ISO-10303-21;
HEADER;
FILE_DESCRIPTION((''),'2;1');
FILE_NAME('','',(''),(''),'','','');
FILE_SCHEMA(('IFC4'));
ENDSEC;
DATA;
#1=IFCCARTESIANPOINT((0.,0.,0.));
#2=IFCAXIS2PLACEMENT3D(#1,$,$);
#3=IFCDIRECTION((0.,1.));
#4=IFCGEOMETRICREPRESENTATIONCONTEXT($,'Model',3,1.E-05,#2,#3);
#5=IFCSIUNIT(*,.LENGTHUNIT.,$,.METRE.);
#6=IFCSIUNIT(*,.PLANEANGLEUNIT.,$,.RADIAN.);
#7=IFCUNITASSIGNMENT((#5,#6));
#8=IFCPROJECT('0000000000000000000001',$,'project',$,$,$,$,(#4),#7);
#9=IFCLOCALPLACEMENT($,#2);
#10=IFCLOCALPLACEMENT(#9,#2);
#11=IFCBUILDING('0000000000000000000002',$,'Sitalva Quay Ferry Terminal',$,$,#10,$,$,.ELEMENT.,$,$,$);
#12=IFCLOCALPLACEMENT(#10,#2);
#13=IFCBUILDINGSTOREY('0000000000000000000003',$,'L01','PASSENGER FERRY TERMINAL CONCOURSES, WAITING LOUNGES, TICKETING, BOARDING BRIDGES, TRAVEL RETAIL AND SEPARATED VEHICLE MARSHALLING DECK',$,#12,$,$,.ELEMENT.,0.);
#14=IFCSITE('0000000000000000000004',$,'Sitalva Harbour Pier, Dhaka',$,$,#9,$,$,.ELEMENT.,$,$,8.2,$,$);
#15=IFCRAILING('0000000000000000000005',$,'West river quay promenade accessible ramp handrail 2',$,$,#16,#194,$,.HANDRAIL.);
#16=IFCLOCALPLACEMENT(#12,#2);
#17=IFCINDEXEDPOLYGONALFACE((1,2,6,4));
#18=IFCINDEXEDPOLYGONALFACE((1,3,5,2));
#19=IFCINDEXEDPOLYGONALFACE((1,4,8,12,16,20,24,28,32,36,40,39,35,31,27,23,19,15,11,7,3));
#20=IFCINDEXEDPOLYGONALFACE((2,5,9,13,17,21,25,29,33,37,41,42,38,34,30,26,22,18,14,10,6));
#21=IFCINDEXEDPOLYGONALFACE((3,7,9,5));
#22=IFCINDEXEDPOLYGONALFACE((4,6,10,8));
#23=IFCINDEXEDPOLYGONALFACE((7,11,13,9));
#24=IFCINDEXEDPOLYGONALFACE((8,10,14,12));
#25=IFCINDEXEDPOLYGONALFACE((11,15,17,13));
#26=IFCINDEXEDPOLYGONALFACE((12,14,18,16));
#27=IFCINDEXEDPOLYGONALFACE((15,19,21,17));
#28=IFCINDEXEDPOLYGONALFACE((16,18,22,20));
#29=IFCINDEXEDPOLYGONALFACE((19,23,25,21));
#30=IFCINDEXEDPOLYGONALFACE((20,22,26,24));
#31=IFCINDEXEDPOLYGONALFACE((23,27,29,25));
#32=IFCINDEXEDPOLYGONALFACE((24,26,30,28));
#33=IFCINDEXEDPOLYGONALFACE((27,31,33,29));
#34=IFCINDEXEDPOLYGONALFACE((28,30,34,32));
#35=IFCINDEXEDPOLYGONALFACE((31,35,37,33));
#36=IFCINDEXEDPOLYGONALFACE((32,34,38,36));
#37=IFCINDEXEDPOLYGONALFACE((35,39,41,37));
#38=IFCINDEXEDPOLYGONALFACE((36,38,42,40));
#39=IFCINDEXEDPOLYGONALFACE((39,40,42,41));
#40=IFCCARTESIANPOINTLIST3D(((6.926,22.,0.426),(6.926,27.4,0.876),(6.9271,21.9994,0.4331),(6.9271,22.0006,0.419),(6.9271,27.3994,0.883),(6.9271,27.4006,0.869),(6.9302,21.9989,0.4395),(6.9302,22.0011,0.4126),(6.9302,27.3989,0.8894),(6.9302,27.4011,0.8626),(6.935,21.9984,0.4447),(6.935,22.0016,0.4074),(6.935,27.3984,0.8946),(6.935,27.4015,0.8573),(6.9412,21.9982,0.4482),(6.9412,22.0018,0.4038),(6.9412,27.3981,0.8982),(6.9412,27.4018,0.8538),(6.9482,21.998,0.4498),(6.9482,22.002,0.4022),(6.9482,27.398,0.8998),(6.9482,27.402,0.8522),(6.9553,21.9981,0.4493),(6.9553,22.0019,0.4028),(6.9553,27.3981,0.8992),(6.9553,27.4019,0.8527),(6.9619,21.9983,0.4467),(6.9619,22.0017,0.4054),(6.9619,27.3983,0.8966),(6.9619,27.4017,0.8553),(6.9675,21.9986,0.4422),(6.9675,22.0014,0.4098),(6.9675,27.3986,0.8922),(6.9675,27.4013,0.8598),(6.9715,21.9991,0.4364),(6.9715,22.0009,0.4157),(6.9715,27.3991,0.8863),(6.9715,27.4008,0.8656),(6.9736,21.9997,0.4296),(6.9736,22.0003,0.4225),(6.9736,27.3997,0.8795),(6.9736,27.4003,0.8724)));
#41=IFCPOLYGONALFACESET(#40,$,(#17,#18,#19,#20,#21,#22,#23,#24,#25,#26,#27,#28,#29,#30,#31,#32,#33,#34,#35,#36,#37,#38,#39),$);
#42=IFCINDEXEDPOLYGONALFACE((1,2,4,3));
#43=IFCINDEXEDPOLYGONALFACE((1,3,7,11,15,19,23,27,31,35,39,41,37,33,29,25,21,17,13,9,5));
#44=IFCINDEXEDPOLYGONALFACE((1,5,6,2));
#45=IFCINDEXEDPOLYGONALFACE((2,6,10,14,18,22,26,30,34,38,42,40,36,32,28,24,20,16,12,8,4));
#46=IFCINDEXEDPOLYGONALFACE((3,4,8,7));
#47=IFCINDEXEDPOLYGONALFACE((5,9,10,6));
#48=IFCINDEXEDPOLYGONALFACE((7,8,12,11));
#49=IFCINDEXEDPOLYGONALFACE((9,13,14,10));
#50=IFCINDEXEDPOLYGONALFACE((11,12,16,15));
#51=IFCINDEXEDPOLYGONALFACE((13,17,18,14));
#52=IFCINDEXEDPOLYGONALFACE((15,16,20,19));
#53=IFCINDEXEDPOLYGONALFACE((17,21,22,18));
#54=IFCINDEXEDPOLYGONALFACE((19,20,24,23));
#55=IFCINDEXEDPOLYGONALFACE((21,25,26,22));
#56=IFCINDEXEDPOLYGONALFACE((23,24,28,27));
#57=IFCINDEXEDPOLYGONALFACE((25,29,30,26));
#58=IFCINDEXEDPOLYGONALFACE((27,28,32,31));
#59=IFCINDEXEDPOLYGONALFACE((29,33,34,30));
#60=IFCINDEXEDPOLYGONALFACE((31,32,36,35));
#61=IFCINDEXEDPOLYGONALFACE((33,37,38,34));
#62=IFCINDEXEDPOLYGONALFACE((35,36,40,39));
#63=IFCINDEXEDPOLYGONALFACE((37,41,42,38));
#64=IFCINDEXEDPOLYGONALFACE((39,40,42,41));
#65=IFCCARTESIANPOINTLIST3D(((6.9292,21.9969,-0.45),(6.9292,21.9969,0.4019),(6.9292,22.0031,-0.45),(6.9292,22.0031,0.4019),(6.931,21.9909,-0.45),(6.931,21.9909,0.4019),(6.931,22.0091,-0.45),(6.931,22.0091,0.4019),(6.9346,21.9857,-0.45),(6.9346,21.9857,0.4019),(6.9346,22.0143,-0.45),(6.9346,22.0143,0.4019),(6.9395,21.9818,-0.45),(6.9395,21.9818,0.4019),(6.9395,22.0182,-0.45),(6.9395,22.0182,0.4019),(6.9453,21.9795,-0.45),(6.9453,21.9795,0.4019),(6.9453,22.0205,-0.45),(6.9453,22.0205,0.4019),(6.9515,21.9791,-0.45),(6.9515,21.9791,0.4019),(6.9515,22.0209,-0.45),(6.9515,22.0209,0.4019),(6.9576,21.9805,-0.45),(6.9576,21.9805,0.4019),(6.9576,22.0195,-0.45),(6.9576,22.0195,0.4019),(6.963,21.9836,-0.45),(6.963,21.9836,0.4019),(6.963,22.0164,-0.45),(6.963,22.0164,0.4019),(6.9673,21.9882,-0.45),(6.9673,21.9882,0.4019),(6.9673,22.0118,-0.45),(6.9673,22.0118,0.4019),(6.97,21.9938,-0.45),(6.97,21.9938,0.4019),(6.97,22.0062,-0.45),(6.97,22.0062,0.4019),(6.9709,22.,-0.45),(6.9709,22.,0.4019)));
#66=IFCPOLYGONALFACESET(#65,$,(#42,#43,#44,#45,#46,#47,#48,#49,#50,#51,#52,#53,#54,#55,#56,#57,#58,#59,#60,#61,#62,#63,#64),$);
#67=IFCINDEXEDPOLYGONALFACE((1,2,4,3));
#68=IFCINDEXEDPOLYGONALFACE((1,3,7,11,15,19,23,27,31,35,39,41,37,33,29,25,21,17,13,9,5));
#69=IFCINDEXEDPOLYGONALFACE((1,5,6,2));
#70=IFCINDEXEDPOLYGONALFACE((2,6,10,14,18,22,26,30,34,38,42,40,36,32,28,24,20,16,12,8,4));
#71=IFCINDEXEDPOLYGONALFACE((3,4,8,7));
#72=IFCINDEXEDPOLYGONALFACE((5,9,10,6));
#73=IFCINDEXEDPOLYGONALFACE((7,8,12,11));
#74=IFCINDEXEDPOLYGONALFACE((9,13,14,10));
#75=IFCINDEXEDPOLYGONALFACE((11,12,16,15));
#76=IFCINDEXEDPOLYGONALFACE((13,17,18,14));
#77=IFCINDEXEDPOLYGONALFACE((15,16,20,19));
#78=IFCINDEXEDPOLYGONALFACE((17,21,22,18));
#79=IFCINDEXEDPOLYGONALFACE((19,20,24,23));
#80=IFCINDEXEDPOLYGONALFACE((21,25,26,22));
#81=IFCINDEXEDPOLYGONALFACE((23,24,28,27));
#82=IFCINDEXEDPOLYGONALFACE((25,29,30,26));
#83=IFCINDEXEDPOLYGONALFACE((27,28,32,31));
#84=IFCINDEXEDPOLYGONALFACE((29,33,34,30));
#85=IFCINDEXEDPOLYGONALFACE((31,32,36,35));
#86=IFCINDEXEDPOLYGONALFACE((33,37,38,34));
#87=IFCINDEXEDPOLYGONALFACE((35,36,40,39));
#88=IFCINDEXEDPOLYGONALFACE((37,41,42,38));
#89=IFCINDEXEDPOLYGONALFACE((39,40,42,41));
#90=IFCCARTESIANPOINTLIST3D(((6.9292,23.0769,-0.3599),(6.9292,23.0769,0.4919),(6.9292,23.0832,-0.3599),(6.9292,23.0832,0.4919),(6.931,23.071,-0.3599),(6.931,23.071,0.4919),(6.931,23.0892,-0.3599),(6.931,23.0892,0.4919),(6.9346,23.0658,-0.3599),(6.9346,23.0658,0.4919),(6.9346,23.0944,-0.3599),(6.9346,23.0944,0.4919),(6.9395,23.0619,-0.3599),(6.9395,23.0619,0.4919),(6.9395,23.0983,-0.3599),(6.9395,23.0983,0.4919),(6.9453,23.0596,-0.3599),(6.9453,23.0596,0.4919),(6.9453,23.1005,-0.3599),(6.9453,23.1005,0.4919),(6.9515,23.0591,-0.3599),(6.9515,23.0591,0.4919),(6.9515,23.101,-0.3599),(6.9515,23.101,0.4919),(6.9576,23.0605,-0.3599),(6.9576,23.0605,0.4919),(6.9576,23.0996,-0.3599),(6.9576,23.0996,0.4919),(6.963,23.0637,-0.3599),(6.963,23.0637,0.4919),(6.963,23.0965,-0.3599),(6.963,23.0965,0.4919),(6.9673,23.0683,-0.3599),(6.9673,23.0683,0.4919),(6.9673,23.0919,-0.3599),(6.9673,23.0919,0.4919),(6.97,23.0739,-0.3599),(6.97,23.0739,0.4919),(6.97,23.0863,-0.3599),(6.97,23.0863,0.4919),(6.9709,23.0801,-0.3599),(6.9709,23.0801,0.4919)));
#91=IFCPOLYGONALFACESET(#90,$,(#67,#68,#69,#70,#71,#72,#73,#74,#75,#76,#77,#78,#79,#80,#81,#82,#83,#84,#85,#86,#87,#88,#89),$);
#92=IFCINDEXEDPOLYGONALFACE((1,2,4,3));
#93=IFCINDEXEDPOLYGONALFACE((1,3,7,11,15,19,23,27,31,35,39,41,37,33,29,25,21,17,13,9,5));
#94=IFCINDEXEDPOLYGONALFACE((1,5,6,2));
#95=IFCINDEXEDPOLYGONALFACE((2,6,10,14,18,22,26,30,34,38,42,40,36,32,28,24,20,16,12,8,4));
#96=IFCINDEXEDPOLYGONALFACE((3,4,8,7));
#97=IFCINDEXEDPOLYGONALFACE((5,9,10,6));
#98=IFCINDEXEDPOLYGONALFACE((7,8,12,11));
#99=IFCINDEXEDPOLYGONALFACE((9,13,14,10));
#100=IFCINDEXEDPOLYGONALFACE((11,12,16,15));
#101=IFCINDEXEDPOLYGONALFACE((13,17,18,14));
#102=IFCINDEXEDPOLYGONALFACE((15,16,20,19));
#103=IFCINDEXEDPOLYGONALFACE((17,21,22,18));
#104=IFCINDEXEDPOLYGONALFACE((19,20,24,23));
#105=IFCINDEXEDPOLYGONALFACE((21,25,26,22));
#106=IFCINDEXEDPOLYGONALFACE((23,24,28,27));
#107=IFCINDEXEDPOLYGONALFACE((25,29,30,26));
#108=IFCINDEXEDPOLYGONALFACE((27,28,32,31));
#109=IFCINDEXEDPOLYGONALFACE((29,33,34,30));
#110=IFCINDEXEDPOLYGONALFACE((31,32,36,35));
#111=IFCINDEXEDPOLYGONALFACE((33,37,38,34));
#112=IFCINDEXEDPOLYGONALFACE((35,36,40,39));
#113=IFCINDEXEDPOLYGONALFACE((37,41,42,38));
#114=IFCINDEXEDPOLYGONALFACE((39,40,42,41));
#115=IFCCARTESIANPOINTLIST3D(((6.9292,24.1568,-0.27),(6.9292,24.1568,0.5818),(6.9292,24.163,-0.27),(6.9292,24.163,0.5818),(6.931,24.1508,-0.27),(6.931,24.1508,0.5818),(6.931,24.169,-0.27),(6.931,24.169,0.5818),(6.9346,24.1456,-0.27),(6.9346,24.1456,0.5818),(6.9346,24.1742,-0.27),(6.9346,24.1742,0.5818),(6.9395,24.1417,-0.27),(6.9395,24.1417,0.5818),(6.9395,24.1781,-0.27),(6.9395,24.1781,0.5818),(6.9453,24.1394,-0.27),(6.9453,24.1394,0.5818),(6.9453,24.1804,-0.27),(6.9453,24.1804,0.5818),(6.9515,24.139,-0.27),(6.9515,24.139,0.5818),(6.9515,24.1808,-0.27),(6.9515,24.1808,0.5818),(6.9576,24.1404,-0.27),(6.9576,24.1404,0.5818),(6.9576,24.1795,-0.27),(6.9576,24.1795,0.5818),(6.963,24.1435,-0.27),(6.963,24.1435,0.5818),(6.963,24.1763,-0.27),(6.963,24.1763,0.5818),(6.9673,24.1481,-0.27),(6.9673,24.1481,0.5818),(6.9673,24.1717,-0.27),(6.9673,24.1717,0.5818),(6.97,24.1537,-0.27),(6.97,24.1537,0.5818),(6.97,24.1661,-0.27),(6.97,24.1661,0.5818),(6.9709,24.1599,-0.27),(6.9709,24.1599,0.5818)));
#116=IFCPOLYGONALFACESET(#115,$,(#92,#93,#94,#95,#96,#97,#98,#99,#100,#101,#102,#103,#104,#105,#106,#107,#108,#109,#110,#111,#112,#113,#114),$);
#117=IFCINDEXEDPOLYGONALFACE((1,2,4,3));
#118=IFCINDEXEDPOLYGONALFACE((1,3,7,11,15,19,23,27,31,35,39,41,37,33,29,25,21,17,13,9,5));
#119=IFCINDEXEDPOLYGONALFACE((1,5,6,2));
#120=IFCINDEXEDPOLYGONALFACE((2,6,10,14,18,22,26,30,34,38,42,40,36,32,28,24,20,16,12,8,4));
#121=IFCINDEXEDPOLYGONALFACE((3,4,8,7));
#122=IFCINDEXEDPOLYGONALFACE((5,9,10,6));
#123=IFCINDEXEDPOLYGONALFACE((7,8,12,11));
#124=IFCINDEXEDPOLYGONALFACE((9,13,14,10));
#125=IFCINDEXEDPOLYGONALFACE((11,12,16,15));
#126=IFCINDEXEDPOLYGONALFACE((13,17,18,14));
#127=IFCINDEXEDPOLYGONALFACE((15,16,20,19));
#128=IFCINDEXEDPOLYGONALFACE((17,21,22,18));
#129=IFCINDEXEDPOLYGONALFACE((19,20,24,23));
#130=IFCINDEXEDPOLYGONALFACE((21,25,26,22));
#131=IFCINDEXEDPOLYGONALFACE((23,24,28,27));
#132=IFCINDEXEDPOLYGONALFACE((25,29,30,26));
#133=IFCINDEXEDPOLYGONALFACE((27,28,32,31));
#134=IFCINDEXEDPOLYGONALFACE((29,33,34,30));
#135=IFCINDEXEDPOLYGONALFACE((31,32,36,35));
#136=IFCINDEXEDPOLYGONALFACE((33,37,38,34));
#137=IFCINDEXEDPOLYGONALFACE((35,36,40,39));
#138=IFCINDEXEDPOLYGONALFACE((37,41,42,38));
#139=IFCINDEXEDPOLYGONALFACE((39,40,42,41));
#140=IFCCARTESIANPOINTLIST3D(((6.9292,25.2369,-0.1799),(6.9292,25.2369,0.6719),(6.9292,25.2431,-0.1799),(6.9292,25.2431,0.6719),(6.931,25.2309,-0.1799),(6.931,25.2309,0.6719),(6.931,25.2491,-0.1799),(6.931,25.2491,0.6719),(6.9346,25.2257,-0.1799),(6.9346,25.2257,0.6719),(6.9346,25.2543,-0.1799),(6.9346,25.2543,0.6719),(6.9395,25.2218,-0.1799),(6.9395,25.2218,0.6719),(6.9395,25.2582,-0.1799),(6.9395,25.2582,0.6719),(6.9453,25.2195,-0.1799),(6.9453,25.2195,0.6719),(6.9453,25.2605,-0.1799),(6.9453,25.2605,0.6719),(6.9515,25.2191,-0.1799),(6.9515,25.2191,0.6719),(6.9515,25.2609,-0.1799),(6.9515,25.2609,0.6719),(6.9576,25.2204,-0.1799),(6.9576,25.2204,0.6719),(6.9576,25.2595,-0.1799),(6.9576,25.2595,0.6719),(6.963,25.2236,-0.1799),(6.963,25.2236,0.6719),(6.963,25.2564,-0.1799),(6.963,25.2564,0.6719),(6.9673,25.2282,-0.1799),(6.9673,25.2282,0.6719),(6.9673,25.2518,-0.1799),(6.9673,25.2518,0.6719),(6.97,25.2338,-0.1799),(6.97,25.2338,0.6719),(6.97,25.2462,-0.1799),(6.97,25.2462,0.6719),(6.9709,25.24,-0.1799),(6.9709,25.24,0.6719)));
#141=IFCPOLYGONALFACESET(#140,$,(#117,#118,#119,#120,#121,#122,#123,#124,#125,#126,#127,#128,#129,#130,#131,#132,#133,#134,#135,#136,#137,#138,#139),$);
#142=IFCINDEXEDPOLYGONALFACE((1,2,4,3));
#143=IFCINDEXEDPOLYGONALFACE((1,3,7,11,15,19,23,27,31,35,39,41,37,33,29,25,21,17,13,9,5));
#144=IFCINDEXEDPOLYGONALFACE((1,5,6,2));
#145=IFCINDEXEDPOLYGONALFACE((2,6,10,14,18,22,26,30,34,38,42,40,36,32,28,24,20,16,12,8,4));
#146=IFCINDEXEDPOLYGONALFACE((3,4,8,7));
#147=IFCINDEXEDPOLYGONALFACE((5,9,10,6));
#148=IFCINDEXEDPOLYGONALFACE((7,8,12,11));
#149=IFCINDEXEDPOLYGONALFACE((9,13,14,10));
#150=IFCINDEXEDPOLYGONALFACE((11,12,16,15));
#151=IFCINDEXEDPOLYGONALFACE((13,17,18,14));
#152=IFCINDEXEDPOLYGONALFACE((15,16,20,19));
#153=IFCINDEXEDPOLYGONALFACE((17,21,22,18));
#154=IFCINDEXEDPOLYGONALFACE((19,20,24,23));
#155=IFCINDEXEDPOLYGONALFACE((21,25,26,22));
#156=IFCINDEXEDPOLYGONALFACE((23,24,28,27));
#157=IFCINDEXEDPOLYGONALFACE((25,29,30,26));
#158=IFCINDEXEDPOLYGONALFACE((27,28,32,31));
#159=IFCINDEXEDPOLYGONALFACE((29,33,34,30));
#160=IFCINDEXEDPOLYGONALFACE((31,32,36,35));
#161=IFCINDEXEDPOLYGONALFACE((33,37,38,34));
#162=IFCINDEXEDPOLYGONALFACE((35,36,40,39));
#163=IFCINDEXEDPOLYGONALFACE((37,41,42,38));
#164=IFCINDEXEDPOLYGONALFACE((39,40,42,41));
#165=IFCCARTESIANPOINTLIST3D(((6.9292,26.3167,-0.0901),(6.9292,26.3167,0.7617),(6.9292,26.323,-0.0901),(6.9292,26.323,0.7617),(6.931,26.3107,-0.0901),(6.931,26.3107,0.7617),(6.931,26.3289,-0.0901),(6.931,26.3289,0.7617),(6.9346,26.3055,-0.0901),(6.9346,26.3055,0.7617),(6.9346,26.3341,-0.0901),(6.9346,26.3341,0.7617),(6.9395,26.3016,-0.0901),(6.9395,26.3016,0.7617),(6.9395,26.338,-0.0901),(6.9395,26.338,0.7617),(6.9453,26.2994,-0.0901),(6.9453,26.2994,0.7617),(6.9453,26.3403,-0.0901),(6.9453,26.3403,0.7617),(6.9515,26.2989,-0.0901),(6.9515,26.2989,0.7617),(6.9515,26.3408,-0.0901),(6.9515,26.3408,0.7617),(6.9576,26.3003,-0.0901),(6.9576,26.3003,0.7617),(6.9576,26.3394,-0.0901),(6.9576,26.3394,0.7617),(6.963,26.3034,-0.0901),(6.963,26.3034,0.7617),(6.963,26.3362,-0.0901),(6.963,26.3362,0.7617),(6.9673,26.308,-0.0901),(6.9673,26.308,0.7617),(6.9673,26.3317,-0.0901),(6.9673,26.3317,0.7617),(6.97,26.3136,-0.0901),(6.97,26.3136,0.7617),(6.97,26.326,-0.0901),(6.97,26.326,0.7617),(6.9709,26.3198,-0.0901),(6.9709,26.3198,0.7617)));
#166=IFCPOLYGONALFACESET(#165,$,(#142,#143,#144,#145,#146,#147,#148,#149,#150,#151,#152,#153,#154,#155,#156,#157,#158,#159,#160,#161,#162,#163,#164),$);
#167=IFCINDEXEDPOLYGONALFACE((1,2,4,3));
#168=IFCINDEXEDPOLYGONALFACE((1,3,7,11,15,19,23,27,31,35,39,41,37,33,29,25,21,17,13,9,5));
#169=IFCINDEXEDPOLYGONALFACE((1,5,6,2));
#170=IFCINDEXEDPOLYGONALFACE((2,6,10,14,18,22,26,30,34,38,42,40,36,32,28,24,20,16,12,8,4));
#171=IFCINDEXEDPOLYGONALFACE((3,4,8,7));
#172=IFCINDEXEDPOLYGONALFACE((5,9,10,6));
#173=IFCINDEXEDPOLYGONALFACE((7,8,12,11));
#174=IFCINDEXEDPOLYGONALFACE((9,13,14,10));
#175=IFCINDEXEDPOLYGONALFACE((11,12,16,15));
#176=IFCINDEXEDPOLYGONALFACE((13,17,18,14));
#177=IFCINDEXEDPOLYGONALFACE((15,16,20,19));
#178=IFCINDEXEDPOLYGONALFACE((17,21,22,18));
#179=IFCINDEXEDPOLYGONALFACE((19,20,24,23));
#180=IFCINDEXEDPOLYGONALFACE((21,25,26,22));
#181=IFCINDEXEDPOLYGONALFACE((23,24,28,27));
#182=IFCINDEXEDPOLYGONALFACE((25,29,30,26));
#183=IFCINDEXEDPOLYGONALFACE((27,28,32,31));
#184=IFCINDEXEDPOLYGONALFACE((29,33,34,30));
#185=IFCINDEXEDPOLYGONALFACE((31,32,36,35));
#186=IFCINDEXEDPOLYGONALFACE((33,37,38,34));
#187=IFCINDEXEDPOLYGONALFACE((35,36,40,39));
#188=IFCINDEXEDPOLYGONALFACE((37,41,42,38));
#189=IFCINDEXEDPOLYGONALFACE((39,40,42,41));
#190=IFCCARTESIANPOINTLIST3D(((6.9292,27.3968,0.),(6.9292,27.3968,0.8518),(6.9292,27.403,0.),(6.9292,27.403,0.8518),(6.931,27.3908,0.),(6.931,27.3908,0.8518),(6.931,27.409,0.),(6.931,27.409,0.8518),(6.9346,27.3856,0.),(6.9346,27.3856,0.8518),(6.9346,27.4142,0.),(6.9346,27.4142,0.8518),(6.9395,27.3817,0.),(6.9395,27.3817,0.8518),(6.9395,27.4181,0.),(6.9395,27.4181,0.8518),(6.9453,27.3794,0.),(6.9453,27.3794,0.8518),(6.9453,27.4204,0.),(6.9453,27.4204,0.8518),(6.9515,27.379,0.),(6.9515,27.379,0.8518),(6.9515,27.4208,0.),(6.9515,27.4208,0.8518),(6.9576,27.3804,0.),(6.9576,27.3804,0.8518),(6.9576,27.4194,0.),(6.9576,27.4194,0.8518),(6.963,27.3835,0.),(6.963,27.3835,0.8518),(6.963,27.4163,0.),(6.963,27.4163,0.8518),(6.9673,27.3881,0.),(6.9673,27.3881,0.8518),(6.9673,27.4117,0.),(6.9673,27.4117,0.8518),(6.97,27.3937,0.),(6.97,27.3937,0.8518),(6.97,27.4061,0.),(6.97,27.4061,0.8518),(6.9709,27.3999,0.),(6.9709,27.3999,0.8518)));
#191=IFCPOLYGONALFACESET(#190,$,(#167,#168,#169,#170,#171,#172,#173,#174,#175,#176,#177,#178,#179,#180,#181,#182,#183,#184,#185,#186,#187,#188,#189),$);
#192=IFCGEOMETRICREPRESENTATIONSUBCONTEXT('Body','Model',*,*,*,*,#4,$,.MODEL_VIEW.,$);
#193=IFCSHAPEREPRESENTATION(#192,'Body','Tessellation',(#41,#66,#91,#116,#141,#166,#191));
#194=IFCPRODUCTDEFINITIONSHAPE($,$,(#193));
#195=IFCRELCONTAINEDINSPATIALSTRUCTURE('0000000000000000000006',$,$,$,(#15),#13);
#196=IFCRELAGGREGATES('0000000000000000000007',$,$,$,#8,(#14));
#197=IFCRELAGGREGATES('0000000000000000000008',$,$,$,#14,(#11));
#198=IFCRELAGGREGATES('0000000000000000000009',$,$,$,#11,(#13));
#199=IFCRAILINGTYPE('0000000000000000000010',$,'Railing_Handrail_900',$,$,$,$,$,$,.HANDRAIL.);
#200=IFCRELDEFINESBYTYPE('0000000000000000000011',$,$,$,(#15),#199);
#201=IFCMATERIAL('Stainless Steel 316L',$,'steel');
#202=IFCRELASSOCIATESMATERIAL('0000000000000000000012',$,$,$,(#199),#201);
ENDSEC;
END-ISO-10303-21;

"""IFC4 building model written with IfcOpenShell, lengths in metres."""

from ifc_helpers import new_model, si_unit, direction, frame, origin, origin_2d, place, context, subcontext, project, spatial, circle, extrude, material, type_object, element, save


model = new_model("IFC4")

# Units and contexts
model_context = context("Model", 3, precision=1e-05, world=origin(), true_north=direction((0.0, 1.0)))
body_context = subcontext(model_context, "Body", "Model", "MODEL_VIEW")
ifc_project = project(units=[si_unit("LENGTHUNIT", "METRE"), si_unit("PLANEANGLEUNIT", "RADIAN")], contexts=[model_context])

# Site, building, storey
site_placement = place(None, origin())
site = spatial("IfcSite", under=ifc_project, at=site_placement, Name="Sitalva Harbour Pier, Dhaka", CompositionType="ELEMENT", RefElevation=8.2)
building_placement = place(site_placement, origin())
building = spatial("IfcBuilding", under=site, at=building_placement, Name="Sitalva Quay Ferry Terminal", CompositionType="ELEMENT")
storey_placement = place(building_placement, origin())
storey = spatial("IfcBuildingStorey", under=building, at=storey_placement, Name="L01", Description="PASSENGER FERRY TERMINAL CONCOURSES, WAITING LOUNGES, TICKETING, BOARDING BRIDGES, TRAVEL RETAIL AND SEPARATED VEHICLE MARSHALLING DECK", CompositionType="ELEMENT", Elevation=0.0)

# Railing
ifc_material_1 = material(Name="Stainless Steel 316L", Category="steel")
railing_type = type_object("IfcRailingType", Name="Railing_Handrail_900", PredefinedType="HANDRAIL", material=ifc_material_1)
for number, where, name in (
    (1, (6.95, 22.0, -0.45), "West river quay promenade accessible ramp handrail 2"),
):
    element("IfcRailing", number, at=place(storey_placement, frame(where)), inside=storey, type_object=railing_type, Name=name, PredefinedType="HANDRAIL", context=body_context, shape_type="SweptSolid", body=[
        extrude(circle(Radius=0.0239, at=origin_2d()), frame((0.0, 0.0, 0.876), z_axis=(0.0, 0.996546, 0.083038), x_axis=(-1.0, 0.0, 0.0)), (0.0, 0.0, 1.0), 5.4187),
        extrude(circle(Radius=0.021, at=origin_2d()), origin(), (0.0, 0.0, 1.0), 0.8518),
        extrude(circle(Radius=0.021, at=origin_2d()), frame((0.0, 1.0801, 0.0901)), (0.0, 0.0, 1.0), 0.8518),
        extrude(circle(Radius=0.021, at=origin_2d()), frame((0.0, 2.1599, 0.1799)), (0.0, 0.0, 1.0), 0.8518),
        extrude(circle(Radius=0.021, at=origin_2d()), frame((0.0, 3.24, 0.27)), (0.0, 0.0, 1.0), 0.8518),
        extrude(circle(Radius=0.021, at=origin_2d()), frame((0.0, 4.3198, 0.3599)), (0.0, 0.0, 1.0), 0.8518),
        extrude(circle(Radius=0.021, at=origin_2d()), frame((0.0, 5.3999, 0.45)), (0.0, 0.0, 1.0), 0.8518),
    ])

save(model, "model.ifc")
